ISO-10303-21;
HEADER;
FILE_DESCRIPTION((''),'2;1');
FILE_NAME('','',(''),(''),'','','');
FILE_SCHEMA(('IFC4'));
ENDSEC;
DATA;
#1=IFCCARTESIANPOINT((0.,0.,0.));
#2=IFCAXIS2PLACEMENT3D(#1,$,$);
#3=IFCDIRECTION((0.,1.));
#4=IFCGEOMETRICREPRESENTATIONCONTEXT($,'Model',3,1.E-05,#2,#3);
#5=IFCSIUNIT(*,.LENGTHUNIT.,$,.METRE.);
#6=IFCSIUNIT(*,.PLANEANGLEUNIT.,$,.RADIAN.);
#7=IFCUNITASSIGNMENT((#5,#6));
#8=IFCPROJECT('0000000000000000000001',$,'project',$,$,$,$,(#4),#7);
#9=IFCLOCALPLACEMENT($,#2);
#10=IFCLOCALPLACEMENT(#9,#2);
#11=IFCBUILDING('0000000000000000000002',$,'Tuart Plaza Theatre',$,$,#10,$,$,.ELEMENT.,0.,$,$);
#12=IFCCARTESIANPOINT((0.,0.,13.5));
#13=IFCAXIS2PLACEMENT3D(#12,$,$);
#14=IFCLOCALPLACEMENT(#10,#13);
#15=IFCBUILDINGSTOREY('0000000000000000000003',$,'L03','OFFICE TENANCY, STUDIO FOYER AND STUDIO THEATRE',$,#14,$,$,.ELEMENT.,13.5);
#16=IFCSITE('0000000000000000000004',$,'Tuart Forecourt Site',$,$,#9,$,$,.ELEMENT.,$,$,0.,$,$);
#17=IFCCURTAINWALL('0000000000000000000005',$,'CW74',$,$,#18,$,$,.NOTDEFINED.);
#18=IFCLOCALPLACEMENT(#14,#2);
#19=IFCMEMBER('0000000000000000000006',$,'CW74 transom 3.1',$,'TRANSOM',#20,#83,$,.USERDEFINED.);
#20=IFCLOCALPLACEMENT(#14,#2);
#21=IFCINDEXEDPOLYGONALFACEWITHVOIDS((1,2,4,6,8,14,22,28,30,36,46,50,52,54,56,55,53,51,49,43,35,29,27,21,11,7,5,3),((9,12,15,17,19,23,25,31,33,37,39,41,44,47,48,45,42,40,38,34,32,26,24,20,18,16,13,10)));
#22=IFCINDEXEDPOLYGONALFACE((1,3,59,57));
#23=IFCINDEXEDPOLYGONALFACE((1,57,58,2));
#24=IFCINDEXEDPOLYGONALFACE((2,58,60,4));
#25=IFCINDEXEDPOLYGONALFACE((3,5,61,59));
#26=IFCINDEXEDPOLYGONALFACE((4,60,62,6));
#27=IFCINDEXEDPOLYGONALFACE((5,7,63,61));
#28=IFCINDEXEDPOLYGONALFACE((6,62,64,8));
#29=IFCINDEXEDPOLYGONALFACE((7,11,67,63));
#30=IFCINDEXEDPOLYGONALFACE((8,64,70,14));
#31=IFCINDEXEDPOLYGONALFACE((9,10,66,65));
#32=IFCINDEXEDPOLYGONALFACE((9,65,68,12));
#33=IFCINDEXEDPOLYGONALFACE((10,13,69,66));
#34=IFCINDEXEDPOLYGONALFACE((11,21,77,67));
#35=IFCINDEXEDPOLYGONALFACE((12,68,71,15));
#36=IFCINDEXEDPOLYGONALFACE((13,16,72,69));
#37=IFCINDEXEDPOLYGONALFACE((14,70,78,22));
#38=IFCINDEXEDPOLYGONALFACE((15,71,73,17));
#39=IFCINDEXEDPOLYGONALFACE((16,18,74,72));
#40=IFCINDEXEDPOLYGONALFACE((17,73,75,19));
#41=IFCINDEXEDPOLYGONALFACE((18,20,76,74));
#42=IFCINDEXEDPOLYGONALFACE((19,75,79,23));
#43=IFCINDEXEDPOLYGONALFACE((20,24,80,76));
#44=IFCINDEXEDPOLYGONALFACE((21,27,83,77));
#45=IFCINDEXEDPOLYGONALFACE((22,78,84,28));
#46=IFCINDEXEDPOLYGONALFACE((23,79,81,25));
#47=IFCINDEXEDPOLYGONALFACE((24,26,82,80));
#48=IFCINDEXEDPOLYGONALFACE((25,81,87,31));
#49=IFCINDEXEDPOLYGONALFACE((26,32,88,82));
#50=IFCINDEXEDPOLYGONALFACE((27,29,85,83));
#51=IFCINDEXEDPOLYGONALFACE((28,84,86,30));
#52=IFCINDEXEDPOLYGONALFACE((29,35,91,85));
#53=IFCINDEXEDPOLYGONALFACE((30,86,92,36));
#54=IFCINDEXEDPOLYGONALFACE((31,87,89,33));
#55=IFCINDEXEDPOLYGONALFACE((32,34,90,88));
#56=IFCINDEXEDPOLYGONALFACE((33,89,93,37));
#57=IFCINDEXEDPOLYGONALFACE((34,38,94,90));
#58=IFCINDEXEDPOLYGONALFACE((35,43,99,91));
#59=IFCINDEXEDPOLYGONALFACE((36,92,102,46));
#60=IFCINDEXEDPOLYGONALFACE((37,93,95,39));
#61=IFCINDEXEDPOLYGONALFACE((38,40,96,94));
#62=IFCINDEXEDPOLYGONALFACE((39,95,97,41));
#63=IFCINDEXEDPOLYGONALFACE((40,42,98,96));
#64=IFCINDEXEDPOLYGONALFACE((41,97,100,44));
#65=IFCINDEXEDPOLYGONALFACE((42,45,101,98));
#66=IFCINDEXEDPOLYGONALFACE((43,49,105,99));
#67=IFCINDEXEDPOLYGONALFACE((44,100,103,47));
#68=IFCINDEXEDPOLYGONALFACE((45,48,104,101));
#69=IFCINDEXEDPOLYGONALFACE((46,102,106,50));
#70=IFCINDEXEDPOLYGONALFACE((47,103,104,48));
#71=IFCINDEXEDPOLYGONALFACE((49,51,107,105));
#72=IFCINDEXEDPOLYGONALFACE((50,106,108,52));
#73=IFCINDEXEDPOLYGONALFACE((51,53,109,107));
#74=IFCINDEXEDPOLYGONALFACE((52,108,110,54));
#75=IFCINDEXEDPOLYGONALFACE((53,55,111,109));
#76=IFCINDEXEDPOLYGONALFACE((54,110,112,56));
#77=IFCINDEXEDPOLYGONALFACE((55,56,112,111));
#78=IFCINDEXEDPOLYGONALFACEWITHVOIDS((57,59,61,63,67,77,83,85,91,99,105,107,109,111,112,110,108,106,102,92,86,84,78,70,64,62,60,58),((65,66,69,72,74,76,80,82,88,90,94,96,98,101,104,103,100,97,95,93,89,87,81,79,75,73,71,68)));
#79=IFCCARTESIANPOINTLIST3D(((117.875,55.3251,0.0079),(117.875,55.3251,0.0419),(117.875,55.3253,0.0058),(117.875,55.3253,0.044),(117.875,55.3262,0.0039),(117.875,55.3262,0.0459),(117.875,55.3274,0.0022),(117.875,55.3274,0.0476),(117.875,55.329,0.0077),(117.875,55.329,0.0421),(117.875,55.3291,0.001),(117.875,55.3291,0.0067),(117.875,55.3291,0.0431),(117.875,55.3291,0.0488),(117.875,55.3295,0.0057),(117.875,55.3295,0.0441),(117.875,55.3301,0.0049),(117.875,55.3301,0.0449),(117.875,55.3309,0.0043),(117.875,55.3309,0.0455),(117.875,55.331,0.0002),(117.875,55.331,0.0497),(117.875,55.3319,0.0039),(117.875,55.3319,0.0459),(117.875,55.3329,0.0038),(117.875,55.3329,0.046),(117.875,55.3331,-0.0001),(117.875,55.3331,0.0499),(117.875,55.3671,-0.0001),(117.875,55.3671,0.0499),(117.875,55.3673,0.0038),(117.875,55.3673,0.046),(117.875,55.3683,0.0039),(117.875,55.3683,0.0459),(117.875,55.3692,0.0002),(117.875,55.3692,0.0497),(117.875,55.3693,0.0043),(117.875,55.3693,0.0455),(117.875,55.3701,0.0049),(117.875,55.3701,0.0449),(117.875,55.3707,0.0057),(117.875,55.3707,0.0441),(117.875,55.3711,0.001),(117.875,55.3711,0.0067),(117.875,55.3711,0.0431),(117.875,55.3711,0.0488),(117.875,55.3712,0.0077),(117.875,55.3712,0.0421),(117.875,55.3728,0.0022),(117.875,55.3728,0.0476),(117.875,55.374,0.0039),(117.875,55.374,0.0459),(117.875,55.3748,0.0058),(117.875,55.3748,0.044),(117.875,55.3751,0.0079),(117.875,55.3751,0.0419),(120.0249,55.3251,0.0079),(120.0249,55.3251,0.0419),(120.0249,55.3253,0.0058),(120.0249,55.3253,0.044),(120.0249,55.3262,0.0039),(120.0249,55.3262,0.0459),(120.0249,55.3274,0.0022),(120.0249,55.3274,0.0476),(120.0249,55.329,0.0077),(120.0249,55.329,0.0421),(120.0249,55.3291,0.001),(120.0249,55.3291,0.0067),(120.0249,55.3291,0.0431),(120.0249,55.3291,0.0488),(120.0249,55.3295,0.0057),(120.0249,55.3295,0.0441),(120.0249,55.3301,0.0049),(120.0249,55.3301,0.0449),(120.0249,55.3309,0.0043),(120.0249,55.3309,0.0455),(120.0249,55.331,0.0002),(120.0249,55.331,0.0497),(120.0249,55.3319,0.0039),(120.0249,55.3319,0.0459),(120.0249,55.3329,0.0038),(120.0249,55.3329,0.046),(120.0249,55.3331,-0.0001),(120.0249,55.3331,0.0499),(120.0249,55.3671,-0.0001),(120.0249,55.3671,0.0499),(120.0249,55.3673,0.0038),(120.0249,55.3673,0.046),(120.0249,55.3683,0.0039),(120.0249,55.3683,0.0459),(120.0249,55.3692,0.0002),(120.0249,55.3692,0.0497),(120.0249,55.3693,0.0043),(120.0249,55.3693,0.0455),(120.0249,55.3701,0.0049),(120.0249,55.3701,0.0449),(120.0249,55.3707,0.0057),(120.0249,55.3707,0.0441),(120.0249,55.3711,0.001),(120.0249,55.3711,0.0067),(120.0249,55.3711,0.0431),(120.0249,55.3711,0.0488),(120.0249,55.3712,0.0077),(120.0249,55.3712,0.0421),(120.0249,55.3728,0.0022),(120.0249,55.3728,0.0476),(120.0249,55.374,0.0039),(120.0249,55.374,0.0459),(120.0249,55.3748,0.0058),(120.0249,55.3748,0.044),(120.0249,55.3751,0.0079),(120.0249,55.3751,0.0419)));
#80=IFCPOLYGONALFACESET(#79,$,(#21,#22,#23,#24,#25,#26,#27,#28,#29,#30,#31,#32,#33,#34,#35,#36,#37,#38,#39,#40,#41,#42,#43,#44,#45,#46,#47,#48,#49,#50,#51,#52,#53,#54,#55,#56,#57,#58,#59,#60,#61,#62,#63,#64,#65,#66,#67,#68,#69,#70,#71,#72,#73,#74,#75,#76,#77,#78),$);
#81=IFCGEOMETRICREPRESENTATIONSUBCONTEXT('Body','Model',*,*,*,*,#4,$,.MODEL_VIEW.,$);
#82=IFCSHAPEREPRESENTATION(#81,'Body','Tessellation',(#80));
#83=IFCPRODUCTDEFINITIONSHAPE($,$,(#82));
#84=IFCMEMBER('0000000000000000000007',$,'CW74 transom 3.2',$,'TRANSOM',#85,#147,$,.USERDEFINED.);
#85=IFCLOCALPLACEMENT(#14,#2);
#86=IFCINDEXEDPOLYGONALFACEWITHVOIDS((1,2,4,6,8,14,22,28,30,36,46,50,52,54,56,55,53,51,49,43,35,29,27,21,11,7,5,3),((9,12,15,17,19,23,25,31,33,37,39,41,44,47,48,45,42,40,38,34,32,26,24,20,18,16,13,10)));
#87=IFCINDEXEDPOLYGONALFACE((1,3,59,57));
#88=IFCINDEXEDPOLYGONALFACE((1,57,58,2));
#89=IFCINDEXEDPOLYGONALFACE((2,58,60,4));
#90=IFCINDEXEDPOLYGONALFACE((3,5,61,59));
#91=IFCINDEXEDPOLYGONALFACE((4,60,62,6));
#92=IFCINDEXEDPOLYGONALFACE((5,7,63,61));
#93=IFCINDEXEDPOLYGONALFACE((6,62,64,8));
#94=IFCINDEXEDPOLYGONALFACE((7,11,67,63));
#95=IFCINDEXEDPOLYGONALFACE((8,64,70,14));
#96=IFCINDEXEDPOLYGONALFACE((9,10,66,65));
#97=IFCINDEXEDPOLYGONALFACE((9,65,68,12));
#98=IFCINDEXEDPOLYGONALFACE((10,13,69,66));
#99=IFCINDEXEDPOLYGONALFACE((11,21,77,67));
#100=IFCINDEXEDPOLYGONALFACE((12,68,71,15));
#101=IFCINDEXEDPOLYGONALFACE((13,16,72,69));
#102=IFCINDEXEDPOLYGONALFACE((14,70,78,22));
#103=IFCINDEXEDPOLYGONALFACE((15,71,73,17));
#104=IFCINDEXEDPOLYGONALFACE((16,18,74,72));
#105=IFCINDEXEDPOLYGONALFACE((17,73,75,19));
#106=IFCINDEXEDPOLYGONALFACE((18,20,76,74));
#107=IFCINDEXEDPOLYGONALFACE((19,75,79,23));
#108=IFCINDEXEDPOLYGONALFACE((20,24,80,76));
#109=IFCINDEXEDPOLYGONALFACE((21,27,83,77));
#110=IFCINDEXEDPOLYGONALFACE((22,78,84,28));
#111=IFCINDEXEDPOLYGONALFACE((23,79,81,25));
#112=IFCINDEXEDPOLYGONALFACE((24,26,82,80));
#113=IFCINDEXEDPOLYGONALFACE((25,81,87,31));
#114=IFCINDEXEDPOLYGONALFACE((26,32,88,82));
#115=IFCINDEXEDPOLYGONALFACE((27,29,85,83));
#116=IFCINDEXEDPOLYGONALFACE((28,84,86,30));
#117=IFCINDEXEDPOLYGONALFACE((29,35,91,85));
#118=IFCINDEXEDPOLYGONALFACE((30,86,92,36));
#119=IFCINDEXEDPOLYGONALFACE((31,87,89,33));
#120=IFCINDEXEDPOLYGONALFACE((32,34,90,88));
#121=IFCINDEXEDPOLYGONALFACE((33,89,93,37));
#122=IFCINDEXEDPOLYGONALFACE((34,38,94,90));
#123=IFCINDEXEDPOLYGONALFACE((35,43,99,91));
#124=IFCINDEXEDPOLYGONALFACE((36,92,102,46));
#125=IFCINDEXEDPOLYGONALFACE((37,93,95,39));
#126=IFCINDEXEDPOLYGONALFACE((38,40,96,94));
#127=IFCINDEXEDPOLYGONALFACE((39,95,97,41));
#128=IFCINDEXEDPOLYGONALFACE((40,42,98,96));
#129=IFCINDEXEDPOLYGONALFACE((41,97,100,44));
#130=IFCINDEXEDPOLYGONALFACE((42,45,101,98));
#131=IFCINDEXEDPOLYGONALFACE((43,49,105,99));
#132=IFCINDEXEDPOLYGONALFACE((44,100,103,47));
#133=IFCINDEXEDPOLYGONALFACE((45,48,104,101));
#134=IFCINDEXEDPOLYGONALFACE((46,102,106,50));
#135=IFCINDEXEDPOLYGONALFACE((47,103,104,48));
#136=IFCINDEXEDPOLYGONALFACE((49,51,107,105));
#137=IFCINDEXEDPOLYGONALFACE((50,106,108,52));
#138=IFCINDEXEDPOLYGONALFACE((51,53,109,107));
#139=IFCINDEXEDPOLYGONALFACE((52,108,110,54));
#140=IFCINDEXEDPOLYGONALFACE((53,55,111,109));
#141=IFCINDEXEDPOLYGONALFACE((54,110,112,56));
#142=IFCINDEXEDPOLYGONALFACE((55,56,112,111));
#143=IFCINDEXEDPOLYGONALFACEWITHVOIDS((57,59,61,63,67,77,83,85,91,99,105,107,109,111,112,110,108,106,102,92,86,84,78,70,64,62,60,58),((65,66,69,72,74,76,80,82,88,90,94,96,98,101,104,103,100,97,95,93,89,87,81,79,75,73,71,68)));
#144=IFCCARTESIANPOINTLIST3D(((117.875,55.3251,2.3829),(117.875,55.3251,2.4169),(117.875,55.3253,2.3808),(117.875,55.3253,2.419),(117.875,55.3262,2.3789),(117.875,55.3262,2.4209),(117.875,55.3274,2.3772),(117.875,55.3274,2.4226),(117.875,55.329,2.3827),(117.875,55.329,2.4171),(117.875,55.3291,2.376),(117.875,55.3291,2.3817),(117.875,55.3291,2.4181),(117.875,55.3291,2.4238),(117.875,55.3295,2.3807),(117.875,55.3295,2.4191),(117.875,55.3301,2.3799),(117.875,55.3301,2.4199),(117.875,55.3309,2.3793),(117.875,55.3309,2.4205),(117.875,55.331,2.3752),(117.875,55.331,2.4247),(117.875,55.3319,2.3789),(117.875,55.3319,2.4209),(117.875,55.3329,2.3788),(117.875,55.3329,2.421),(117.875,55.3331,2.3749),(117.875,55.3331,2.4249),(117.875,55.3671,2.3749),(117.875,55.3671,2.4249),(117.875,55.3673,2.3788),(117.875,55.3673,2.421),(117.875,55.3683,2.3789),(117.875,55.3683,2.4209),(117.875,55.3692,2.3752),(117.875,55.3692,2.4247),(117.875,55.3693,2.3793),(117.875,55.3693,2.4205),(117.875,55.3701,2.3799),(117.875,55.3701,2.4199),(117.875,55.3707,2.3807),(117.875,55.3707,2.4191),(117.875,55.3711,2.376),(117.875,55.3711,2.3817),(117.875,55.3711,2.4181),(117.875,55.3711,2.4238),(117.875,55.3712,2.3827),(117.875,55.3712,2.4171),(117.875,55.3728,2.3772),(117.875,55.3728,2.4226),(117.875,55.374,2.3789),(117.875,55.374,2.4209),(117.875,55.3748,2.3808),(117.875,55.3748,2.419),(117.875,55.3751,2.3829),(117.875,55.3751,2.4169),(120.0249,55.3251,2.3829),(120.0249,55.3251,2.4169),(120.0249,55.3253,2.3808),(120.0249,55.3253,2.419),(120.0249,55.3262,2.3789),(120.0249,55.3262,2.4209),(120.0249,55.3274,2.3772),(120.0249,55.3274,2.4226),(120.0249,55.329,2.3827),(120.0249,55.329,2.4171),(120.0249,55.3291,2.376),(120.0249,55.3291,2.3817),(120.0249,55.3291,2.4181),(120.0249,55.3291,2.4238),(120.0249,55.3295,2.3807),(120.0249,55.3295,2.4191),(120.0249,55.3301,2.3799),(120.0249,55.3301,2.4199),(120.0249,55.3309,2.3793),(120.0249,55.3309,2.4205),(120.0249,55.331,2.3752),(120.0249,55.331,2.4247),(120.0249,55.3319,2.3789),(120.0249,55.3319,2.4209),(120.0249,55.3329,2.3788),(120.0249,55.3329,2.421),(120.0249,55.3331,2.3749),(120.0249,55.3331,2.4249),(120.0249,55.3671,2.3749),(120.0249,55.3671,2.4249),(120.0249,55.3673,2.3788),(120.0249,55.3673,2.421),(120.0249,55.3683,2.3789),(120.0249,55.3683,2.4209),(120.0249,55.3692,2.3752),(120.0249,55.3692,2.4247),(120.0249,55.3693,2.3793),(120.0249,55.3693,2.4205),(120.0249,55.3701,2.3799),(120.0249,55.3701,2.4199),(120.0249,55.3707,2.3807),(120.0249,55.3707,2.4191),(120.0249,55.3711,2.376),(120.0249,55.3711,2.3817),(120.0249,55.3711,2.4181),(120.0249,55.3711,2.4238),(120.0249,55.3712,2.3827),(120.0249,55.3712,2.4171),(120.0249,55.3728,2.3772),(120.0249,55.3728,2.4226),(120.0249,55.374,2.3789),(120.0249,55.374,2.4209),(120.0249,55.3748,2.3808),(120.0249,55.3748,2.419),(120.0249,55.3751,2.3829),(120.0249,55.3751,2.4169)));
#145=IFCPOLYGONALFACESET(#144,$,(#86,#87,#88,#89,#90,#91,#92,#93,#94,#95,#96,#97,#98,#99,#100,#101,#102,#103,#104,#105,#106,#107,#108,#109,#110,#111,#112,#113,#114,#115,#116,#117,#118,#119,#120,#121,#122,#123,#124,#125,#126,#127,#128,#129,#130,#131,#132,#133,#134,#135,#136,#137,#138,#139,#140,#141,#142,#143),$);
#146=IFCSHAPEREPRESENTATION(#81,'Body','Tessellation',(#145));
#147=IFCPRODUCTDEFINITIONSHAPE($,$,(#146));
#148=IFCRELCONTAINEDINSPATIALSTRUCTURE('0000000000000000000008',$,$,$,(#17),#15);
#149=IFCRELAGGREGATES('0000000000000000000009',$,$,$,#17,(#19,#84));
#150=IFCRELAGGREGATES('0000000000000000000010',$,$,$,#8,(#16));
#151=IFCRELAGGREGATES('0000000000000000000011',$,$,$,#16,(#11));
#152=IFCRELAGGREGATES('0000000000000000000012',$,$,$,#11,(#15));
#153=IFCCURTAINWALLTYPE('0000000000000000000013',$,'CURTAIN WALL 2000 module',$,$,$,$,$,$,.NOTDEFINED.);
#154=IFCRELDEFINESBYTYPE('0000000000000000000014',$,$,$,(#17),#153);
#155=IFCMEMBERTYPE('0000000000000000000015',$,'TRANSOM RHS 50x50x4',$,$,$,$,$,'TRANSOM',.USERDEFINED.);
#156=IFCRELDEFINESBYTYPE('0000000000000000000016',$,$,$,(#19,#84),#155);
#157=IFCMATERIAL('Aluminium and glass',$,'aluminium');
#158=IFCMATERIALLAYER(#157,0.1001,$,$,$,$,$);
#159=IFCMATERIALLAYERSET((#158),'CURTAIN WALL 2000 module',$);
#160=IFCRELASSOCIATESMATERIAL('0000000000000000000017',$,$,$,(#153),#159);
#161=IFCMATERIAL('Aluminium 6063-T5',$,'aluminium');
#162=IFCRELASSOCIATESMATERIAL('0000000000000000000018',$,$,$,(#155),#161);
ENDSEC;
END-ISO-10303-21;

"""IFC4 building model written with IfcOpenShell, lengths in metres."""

from ifc_helpers import new_model, si_unit, direction, frame, origin, origin_2d, place, context, subcontext, project, spatial, hollow_rectangle, extrude, material, layer, layer_set, material_profile, profile_set, type_object, element, aggregate, save


model = new_model("IFC4")

# Units and contexts
model_context = context("Model", 3, precision=1e-05, world=origin(), true_north=direction((0.0, 1.0)))
body_context = subcontext(model_context, "Body", "Model", "MODEL_VIEW")
ifc_project = project(units=[si_unit("LENGTHUNIT", "METRE"), si_unit("PLANEANGLEUNIT", "RADIAN")], contexts=[model_context])

# Site, building, storey
site_placement = place(None, origin())
site = spatial("IfcSite", under=ifc_project, at=site_placement, Name="Tuart Forecourt Site", CompositionType="ELEMENT", RefElevation=0.0)
building_placement = place(site_placement, origin())
building = spatial("IfcBuilding", under=site, at=building_placement, Name="Tuart Plaza Theatre", CompositionType="ELEMENT", ElevationOfRefHeight=0.0)
storey_placement = place(building_placement, frame((0.0, 0.0, 13.5)))
storey = spatial("IfcBuildingStorey", under=building, at=storey_placement, Name="L03", Description="OFFICE TENANCY, STUDIO FOYER AND STUDIO THEATRE", CompositionType="ELEMENT", Elevation=13.5)

# Shared definitions
ifc_material_1 = material(Name="Aluminium and glass", Category="aluminium")
ifc_layer_1 = layer(ifc_material_1, 0.1001)
ifc_layer_set_1 = layer_set([ifc_layer_1], Name="CURTAIN WALL 2000 module")
curtain_wall_type = type_object("IfcCurtainWallType", Name="CURTAIN WALL 2000 module", PredefinedType="NOTDEFINED", material=ifc_layer_set_1)

# Curtain wall, members
curtain_wall_1_placement = place(storey_placement, origin())
curtain_wall_1 = element("IfcCurtainWall", 1, at=curtain_wall_1_placement, inside=storey, type_object=curtain_wall_type, Name="CW74", PredefinedType="NOTDEFINED")
ifc_material_2 = material(Name="Aluminium 6063-T5", Category="aluminium")
ifc_material_profile_1 = material_profile(ifc_material_2, hollow_rectangle(XDim=0.05, YDim=0.05, WallThickness=0.0039, InnerFilletRadius=0.0039, OuterFilletRadius=0.0081, at=origin_2d()), Name="RHS 50x50x4")
ifc_profile_set_1 = profile_set([ifc_material_profile_1], Name="Aluminium 6063-T5")
member_type_1 = type_object("IfcMemberType", Name="TRANSOM RHS 50x50x4", ElementType="TRANSOM", PredefinedType="USERDEFINED", material=ifc_profile_set_1)
member_1_placement = place(storey_placement, frame((117.875, 55.3501, 0.0249), z_axis=(1.0, 0.0, 0.0), x_axis=(0.0, 1.0, 0.0)))
member_1 = element("IfcMember", 2, at=member_1_placement, type_object=member_type_1, Name="CW74 transom 3.1", ObjectType="TRANSOM", PredefinedType="USERDEFINED", context=body_context, shape_type="SweptSolid", body=[
    extrude(hollow_rectangle(XDim=0.05, YDim=0.05, WallThickness=0.0039, InnerFilletRadius=0.0039, OuterFilletRadius=0.0081, at=origin_2d()), origin(), (0.0, 0.0, 1.0), 2.1499),
])
member_2_placement = place(storey_placement, frame((117.875, 55.3501, 2.3999), z_axis=(1.0, 0.0, 0.0), x_axis=(0.0, 1.0, 0.0)))
member_2 = element("IfcMember", 3, at=member_2_placement, type_object=member_type_1, Name="CW74 transom 3.2", ObjectType="TRANSOM", PredefinedType="USERDEFINED", context=body_context, shape_type="SweptSolid", body=[
    extrude(hollow_rectangle(XDim=0.05, YDim=0.05, WallThickness=0.0039, InnerFilletRadius=0.0039, OuterFilletRadius=0.0081, at=origin_2d()), origin(), (0.0, 0.0, 1.0), 2.1499),
])
aggregate(curtain_wall_1, [member_1, member_2])

save(model, "model.ifc")
